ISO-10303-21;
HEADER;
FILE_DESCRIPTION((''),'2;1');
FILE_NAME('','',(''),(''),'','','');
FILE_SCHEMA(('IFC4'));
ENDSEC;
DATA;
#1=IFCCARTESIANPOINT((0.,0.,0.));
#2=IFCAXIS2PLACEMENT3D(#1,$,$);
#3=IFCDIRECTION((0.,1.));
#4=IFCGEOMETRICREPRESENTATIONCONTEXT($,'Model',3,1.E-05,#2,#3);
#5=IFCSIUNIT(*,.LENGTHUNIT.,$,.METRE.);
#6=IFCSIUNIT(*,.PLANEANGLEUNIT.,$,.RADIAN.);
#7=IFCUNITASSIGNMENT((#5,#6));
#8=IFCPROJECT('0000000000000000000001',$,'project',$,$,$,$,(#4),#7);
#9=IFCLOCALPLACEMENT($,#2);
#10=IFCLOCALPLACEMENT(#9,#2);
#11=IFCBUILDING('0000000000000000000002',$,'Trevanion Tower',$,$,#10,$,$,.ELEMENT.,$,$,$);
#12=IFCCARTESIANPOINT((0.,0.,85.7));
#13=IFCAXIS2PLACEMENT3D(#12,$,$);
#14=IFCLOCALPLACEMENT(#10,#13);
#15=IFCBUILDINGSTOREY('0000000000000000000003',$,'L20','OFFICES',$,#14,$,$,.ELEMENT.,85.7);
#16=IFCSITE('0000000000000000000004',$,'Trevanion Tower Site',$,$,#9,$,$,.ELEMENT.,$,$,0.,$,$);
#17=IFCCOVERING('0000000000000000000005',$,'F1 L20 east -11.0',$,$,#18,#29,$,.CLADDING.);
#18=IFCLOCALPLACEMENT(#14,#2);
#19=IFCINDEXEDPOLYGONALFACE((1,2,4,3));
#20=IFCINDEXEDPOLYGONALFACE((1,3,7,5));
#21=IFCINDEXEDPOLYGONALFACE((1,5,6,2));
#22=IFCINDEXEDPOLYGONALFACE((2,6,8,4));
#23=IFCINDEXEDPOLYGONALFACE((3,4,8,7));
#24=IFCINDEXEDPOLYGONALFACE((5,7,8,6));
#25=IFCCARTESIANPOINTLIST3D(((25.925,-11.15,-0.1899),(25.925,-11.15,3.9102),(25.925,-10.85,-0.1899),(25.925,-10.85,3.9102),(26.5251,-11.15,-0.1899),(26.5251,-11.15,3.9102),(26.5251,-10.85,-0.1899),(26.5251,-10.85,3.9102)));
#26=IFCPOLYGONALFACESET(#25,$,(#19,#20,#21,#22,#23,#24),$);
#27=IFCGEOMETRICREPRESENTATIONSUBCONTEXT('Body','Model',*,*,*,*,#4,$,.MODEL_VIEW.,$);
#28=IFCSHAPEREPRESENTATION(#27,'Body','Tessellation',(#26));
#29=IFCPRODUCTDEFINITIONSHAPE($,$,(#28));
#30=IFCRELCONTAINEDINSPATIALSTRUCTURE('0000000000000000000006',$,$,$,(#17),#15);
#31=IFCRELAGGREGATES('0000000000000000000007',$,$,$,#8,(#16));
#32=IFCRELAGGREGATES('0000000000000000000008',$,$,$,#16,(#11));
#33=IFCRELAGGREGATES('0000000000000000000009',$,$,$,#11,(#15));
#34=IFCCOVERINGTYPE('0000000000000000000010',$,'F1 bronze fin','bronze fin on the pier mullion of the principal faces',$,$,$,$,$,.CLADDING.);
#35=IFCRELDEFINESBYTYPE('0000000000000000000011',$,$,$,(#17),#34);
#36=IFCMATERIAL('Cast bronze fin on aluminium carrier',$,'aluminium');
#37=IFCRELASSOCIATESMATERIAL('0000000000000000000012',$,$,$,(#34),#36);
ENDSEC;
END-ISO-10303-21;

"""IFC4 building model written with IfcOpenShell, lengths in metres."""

from ifc_helpers import new_model, si_unit, direction, frame, origin, origin_2d, place, context, subcontext, project, spatial, rectangle, extrude, material, type_object, element, save


model = new_model("IFC4")

# Units and contexts
model_context = context("Model", 3, precision=1e-05, world=origin(), true_north=direction((0.0, 1.0)))
body_context = subcontext(model_context, "Body", "Model", "MODEL_VIEW")
ifc_project = project(units=[si_unit("LENGTHUNIT", "METRE"), si_unit("PLANEANGLEUNIT", "RADIAN")], contexts=[model_context])

# Site, building, storey
site_placement = place(None, origin())
site = spatial("IfcSite", under=ifc_project, at=site_placement, Name="Trevanion Tower Site", CompositionType="ELEMENT", RefElevation=0.0)
building_placement = place(site_placement, origin())
building = spatial("IfcBuilding", under=site, at=building_placement, Name="Trevanion Tower", CompositionType="ELEMENT")
storey_placement = place(building_placement, frame((0.0, 0.0, 85.7)))
storey = spatial("IfcBuildingStorey", under=building, at=storey_placement, Name="L20", Description="OFFICES", CompositionType="ELEMENT", Elevation=85.7)

# Covering
ifc_material_1 = material(Name="Cast bronze fin on aluminium carrier", Category="aluminium")
covering_type = type_object("IfcCoveringType", Name="F1 bronze fin", Description="bronze fin on the pier mullion of the principal faces", PredefinedType="CLADDING", material=ifc_material_1)
covering_placement = place(storey_placement, frame((26.2251, -11.0, -0.1899), z_axis=(0.0, 0.0, 1.0), x_axis=(0.0, 1.0, 0.0)))
element("IfcCovering", 1, at=covering_placement, inside=storey, type_object=covering_type, Name="F1 L20 east -11.0", PredefinedType="CLADDING", context=body_context, shape_type="SweptSolid", body=[
    extrude(rectangle(XDim=0.3, YDim=0.6001, at=origin_2d()), origin(), (0.0, 0.0, 1.0), 4.1001),
])

save(model, "model.ifc")
